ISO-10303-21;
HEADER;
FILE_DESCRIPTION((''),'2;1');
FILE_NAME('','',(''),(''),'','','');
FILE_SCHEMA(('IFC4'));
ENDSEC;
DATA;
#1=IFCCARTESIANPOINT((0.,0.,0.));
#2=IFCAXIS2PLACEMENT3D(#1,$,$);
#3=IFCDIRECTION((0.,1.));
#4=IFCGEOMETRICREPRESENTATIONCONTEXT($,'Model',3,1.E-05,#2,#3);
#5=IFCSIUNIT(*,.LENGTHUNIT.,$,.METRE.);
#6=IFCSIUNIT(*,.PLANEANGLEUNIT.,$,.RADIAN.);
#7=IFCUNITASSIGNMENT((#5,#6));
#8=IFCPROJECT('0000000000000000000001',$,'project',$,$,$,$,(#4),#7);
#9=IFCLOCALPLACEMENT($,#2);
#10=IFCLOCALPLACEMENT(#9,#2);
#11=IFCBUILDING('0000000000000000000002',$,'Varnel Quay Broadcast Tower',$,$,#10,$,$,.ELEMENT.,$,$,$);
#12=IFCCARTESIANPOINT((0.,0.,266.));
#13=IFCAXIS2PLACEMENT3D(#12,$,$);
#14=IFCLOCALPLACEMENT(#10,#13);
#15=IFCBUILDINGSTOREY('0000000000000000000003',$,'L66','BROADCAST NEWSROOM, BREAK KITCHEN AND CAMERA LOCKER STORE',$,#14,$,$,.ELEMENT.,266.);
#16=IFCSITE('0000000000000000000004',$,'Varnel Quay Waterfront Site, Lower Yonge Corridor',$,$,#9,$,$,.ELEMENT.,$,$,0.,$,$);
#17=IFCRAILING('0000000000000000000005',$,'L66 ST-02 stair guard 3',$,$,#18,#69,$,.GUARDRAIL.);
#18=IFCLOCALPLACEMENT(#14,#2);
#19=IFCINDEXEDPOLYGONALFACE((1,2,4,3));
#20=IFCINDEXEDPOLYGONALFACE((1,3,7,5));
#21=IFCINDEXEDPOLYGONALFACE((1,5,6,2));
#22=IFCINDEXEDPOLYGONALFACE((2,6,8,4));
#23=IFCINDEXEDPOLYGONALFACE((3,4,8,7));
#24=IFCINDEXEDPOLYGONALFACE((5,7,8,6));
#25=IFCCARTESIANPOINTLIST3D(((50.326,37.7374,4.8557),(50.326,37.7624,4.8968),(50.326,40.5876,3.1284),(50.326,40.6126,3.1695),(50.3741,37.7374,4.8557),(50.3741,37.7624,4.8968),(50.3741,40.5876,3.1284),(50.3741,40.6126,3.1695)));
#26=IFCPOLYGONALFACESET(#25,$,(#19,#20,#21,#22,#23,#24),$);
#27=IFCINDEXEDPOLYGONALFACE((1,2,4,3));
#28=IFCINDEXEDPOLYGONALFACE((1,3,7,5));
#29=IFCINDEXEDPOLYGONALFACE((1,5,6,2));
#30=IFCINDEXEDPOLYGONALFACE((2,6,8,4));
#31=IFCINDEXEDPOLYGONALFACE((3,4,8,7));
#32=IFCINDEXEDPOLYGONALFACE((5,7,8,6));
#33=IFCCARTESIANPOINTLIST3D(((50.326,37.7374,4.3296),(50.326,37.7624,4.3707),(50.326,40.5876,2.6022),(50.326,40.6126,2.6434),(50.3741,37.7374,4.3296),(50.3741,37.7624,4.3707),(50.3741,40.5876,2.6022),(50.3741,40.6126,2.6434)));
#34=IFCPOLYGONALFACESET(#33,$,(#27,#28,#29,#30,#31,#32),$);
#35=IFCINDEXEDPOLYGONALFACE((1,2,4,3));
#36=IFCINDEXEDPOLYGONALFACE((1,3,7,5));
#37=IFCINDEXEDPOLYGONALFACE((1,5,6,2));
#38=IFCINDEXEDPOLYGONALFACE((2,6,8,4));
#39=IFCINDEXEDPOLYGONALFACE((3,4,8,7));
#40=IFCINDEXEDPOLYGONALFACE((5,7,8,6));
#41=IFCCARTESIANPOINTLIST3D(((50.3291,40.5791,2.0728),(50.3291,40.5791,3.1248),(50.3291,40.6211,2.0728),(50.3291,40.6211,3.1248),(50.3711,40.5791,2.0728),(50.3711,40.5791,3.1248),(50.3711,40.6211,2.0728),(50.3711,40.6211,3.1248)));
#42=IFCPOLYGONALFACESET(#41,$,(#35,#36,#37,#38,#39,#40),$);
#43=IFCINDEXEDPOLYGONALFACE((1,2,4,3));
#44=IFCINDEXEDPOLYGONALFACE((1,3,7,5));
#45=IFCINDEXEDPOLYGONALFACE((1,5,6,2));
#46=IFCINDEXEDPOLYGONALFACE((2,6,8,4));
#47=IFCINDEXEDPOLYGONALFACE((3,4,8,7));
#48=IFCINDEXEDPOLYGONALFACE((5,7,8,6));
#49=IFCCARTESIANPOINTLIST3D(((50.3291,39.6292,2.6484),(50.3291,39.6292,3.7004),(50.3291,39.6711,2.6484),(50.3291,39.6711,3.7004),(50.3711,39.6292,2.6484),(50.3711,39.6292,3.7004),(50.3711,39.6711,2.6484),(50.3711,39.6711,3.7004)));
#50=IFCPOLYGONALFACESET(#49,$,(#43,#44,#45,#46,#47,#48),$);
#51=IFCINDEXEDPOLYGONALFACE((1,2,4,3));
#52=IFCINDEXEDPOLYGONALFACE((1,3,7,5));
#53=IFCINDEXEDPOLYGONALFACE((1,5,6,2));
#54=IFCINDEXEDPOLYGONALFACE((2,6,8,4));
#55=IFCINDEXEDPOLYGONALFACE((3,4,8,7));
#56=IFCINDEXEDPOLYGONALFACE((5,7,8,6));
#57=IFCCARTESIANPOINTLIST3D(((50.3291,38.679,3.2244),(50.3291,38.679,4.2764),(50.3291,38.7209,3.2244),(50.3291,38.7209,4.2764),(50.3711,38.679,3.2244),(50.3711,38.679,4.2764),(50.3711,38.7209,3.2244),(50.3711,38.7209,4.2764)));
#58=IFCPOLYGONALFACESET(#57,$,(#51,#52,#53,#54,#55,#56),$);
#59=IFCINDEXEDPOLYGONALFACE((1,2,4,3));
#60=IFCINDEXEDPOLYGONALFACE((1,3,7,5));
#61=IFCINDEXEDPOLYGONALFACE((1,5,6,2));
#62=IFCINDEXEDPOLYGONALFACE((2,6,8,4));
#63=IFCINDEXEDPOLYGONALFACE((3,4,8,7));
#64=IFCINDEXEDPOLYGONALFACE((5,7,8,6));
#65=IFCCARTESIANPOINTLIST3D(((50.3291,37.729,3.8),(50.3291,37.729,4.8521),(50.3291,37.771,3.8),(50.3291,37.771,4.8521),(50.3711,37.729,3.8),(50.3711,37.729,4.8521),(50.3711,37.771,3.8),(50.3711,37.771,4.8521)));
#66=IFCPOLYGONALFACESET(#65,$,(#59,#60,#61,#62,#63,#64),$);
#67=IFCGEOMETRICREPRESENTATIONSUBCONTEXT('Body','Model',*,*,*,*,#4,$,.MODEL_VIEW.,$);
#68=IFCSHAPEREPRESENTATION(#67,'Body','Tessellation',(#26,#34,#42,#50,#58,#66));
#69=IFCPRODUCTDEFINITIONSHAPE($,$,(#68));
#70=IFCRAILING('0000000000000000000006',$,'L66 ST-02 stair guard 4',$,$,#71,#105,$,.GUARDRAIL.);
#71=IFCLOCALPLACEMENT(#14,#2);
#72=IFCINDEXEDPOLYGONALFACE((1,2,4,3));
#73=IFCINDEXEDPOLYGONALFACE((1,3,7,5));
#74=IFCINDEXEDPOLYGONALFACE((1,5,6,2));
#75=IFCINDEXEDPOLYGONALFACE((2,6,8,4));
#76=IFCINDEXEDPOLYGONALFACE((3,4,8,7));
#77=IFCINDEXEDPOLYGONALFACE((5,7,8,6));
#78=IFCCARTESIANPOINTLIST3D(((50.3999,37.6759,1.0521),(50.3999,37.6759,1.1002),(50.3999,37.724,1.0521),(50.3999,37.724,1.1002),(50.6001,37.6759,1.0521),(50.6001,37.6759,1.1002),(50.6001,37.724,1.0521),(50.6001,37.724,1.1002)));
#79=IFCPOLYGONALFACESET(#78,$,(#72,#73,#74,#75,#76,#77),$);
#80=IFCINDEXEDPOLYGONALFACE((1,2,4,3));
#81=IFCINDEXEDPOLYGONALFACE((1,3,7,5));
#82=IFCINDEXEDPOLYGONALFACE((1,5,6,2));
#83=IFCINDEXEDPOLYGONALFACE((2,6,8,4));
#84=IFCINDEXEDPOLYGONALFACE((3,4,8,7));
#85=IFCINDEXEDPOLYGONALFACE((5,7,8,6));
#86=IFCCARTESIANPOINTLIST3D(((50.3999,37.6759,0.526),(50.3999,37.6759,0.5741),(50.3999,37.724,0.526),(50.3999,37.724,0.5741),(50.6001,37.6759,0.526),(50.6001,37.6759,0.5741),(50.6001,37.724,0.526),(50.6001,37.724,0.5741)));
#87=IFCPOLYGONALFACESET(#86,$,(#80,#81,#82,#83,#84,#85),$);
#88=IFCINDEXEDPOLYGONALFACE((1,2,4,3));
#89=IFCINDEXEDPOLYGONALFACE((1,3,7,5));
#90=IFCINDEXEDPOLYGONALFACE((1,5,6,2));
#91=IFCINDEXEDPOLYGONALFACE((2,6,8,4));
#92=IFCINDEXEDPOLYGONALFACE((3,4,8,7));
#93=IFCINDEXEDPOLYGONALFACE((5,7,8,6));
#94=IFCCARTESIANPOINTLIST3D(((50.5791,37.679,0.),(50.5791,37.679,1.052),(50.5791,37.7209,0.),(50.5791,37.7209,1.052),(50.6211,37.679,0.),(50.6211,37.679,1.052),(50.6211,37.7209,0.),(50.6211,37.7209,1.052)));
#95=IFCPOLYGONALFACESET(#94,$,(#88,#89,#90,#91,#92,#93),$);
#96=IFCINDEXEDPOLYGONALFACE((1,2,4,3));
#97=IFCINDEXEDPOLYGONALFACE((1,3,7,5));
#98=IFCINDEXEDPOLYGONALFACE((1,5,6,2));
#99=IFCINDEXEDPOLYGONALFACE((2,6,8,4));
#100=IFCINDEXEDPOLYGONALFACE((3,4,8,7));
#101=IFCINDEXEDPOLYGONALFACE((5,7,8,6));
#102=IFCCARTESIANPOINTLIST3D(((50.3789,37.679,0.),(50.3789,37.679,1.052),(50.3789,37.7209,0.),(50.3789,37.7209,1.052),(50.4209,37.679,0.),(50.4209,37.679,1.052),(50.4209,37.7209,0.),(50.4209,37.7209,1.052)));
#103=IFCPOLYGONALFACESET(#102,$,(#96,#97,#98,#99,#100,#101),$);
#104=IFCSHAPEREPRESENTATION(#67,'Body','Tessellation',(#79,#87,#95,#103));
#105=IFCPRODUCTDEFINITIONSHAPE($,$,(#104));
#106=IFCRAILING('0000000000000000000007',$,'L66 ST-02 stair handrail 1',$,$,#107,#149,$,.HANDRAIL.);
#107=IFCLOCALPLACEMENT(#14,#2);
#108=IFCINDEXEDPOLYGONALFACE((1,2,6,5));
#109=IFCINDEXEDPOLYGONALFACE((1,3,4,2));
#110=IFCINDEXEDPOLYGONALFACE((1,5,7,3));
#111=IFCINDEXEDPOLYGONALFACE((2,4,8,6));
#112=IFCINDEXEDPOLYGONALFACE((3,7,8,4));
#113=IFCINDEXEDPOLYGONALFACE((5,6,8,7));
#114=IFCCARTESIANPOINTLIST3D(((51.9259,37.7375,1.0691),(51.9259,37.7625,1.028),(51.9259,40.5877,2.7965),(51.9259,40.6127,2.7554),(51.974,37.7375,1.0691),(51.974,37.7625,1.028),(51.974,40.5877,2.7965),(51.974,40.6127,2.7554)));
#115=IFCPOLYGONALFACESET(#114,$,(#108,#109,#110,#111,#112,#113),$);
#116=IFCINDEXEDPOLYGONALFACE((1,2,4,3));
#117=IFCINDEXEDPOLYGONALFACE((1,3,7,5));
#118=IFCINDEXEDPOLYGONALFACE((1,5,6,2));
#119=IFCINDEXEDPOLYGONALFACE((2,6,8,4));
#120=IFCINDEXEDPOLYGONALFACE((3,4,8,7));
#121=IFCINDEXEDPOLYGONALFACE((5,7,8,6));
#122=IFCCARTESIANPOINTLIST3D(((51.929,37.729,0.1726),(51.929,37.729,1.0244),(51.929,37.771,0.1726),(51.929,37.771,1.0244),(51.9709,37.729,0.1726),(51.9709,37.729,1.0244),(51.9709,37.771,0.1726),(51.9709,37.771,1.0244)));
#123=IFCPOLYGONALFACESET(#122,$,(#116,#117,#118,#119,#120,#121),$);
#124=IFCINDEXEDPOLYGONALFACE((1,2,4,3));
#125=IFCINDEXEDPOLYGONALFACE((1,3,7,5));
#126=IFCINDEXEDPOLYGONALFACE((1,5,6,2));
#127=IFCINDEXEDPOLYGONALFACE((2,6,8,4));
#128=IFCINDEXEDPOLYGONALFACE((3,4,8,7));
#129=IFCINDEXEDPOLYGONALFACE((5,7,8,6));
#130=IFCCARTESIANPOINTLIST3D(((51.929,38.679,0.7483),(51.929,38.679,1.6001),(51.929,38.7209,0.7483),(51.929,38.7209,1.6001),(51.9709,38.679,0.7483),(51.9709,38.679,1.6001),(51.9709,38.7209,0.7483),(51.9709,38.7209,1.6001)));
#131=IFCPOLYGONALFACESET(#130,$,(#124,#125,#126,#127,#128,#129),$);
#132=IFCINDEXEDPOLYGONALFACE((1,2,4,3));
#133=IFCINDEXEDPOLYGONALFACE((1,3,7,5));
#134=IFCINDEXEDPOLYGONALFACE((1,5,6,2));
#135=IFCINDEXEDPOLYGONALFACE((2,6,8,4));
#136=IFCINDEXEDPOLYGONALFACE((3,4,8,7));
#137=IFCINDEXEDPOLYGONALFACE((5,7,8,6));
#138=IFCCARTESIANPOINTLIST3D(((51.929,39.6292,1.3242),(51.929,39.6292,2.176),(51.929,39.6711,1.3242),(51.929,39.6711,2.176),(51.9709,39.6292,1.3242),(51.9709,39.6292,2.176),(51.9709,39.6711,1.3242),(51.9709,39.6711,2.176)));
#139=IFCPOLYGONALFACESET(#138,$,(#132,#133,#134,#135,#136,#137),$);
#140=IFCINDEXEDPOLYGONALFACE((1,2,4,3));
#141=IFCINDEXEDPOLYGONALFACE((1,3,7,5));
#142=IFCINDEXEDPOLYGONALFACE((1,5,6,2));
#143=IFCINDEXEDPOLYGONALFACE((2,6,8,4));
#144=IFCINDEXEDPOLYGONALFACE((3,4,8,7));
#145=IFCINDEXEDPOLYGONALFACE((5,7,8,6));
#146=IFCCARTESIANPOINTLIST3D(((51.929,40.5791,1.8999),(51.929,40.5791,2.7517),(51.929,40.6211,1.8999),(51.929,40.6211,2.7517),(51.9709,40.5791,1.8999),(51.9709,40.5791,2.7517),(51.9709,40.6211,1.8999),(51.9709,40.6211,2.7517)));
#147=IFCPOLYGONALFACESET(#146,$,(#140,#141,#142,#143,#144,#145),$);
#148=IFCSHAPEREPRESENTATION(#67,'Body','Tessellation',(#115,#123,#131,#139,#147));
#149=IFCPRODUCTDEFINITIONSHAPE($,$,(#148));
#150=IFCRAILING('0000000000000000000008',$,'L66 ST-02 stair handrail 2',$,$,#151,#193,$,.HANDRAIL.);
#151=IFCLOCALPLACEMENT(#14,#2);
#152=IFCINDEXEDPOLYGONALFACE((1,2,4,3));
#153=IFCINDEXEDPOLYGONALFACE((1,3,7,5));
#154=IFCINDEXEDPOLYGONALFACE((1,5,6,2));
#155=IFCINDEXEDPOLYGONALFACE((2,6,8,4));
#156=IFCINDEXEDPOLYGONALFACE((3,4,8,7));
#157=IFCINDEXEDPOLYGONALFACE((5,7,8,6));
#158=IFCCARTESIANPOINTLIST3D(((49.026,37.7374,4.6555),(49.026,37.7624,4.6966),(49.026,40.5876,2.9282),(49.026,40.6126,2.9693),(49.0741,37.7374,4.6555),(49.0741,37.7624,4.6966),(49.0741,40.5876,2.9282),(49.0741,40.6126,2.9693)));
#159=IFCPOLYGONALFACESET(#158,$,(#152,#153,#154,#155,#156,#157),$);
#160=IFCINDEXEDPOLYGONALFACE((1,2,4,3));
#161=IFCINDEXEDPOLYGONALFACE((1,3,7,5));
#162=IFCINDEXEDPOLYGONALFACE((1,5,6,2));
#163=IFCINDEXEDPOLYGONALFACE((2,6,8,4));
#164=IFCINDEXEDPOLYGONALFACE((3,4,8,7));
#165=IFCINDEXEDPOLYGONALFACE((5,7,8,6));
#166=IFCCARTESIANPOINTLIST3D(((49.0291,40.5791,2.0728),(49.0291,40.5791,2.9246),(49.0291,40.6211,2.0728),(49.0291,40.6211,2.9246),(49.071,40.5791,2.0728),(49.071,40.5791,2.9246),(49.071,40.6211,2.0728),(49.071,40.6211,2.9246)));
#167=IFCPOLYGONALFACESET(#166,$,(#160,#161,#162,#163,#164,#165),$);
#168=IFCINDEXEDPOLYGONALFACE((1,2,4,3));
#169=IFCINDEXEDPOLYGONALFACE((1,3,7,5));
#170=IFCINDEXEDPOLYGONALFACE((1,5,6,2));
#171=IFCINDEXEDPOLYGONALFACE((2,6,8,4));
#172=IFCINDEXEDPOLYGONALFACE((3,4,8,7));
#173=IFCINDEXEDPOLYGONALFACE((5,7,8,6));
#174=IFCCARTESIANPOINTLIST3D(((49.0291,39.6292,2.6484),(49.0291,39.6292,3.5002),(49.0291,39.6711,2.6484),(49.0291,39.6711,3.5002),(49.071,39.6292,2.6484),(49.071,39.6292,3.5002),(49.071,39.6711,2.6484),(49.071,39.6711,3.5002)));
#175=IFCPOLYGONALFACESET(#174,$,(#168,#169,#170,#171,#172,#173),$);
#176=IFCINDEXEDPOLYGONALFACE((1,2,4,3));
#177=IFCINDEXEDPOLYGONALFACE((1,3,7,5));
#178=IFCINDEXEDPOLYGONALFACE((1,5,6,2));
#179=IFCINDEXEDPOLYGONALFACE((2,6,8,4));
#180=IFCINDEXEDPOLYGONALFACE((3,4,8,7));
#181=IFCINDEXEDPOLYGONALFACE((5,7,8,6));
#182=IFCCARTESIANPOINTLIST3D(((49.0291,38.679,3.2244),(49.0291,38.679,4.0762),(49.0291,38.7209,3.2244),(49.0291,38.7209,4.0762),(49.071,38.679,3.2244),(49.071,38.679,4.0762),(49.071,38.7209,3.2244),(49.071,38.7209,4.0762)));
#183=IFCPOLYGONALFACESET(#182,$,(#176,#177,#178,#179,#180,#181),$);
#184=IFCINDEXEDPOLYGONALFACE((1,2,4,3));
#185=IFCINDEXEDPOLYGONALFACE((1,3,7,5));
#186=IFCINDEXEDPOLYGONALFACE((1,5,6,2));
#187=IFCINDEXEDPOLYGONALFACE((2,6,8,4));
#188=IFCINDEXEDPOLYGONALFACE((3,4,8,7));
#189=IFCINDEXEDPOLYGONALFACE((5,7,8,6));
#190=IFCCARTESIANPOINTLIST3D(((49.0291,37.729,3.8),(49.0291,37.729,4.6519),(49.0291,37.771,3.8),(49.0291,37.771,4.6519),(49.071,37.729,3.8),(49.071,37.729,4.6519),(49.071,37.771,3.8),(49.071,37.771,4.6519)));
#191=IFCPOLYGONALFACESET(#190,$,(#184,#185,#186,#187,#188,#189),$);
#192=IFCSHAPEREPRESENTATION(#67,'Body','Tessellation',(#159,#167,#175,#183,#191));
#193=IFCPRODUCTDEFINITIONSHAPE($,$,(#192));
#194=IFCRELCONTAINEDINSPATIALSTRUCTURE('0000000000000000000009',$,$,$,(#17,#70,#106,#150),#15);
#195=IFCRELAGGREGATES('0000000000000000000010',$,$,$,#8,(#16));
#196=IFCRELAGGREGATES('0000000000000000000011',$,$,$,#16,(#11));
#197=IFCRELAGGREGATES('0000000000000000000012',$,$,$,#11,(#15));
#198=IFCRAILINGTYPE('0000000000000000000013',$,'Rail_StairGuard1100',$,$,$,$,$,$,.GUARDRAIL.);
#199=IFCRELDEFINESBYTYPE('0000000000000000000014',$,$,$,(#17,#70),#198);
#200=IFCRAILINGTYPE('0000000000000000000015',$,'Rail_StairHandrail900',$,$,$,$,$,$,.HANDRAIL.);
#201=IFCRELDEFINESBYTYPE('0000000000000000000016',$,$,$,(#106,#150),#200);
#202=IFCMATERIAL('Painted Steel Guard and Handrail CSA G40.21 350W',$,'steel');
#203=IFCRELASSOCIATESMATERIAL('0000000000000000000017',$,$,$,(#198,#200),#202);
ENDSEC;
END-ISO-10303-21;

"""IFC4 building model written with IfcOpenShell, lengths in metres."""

from ifc_helpers import new_model, si_unit, direction, frame, origin, origin_2d, place, context, subcontext, project, spatial, rectangle, extrude, material, type_object, element, save


model = new_model("IFC4")

# Units and contexts
model_context = context("Model", 3, precision=1e-05, world=origin(), true_north=direction((0.0, 1.0)))
body_context = subcontext(model_context, "Body", "Model", "MODEL_VIEW")
ifc_project = project(units=[si_unit("LENGTHUNIT", "METRE"), si_unit("PLANEANGLEUNIT", "RADIAN")], contexts=[model_context])

# Site, building, storey
site_placement = place(None, origin())
site = spatial("IfcSite", under=ifc_project, at=site_placement, Name="Varnel Quay Waterfront Site, Lower Yonge Corridor", CompositionType="ELEMENT", RefElevation=0.0)
building_placement = place(site_placement, origin())
building = spatial("IfcBuilding", under=site, at=building_placement, Name="Varnel Quay Broadcast Tower", CompositionType="ELEMENT")
storey_placement = place(building_placement, frame((0.0, 0.0, 266.0)))
storey = spatial("IfcBuildingStorey", under=building, at=storey_placement, Name="L66", Description="BROADCAST NEWSROOM, BREAK KITCHEN AND CAMERA LOCKER STORE", CompositionType="ELEMENT", Elevation=266.0)

# Railings
ifc_material_1 = material(Name="Painted Steel Guard and Handrail CSA G40.21 350W", Category="steel")
railing_type_1 = type_object("IfcRailingType", Name="Rail_StairGuard1100", PredefinedType="GUARDRAIL", material=ifc_material_1)
railing_1_placement = place(storey_placement, frame((50.3501, 40.6001, 2.0728)))
element("IfcRailing", 1, at=railing_1_placement, inside=storey, type_object=railing_type_1, Name="L66 ST-02 stair guard 3", PredefinedType="GUARDRAIL", context=body_context, shape_type="SweptSolid", body=[
    extrude(rectangle(XDim=0.0481, YDim=0.0481, at=origin_2d()), frame((0.0, 0.0, 1.0762), z_axis=(0.0, -0.855203, 0.518294), x_axis=(1.0, 0.0, 0.0)), (0.0, 0.0, 1.0), 3.3328),
    extrude(rectangle(XDim=0.0481, YDim=0.0481, at=origin_2d()), frame((0.0, 0.0, 0.55), z_axis=(0.0, -0.855203, 0.518294), x_axis=(1.0, 0.0, 0.0)), (0.0, 0.0, 1.0), 3.3328),
    extrude(rectangle(XDim=0.042, YDim=0.042, at=origin_2d()), origin(), (0.0, 0.0, 1.0), 1.052),
    extrude(rectangle(XDim=0.042, YDim=0.042, at=origin_2d()), frame((0.0, -0.95, 0.5757)), (0.0, 0.0, 1.0), 1.052),
    extrude(rectangle(XDim=0.042, YDim=0.042, at=origin_2d()), frame((0.0, -1.9001, 1.1516)), (0.0, 0.0, 1.0), 1.052),
    extrude(rectangle(XDim=0.042, YDim=0.042, at=origin_2d()), frame((0.0, -2.8501, 1.7273)), (0.0, 0.0, 1.0), 1.052),
])
railing_2_placement = place(storey_placement, frame((50.6001, 37.7, 0.0)))
element("IfcRailing", 2, at=railing_2_placement, inside=storey, type_object=railing_type_1, Name="L66 ST-02 stair guard 4", PredefinedType="GUARDRAIL", context=body_context, shape_type="SweptSolid", body=[
    extrude(rectangle(XDim=0.0481, YDim=0.0481, at=origin_2d()), frame((0.0, 0.0, 1.0762), z_axis=(-1.0, 0.0, 0.0), x_axis=(0.0, -1.0, 0.0)), (0.0, 0.0, 1.0), 0.2002),
    extrude(rectangle(XDim=0.0481, YDim=0.0481, at=origin_2d()), frame((0.0, 0.0, 0.55), z_axis=(-1.0, 0.0, 0.0), x_axis=(0.0, -1.0, 0.0)), (0.0, 0.0, 1.0), 0.2002),
    extrude(rectangle(XDim=0.042, YDim=0.042, at=origin_2d()), origin(), (0.0, 0.0, 1.0), 1.052),
    extrude(rectangle(XDim=0.042, YDim=0.042, at=origin_2d()), frame((-0.2002, 0.0, 0.0)), (0.0, 0.0, 1.0), 1.052),
])
railing_type_2 = type_object("IfcRailingType", Name="Rail_StairHandrail900", PredefinedType="HANDRAIL", material=ifc_material_1)
railing_3_placement = place(storey_placement, frame((51.95, 37.75, 0.1726)))
element("IfcRailing", 3, at=railing_3_placement, inside=storey, type_object=railing_type_2, Name="L66 ST-02 stair handrail 1", PredefinedType="HANDRAIL", context=body_context, shape_type="SweptSolid", body=[
    extrude(rectangle(XDim=0.0481, YDim=0.0481, at=origin_2d()), frame((0.0, 0.0, 0.876), z_axis=(0.0, 0.855203, 0.518294), x_axis=(-1.0, 0.0, 0.0)), (0.0, 0.0, 1.0), 3.3328),
    extrude(rectangle(XDim=0.042, YDim=0.042, at=origin_2d()), origin(), (0.0, 0.0, 1.0), 0.8518),
    extrude(rectangle(XDim=0.042, YDim=0.042, at=origin_2d()), frame((0.0, 0.95, 0.5757)), (0.0, 0.0, 1.0), 0.8518),
    extrude(rectangle(XDim=0.042, YDim=0.042, at=origin_2d()), frame((0.0, 1.9001, 1.1516)), (0.0, 0.0, 1.0), 0.8518),
    extrude(rectangle(XDim=0.042, YDim=0.042, at=origin_2d()), frame((0.0, 2.8501, 1.7273)), (0.0, 0.0, 1.0), 0.8518),
])
railing_4_placement = place(storey_placement, frame((49.05, 40.6001, 2.0728)))
element("IfcRailing", 4, at=railing_4_placement, inside=storey, type_object=railing_type_2, Name="L66 ST-02 stair handrail 2", PredefinedType="HANDRAIL", context=body_context, shape_type="SweptSolid", body=[
    extrude(rectangle(XDim=0.0481, YDim=0.0481, at=origin_2d()), frame((0.0, 0.0, 0.876), z_axis=(0.0, -0.855203, 0.518294), x_axis=(1.0, 0.0, 0.0)), (0.0, 0.0, 1.0), 3.3328),
    extrude(rectangle(XDim=0.042, YDim=0.042, at=origin_2d()), origin(), (0.0, 0.0, 1.0), 0.8518),
    extrude(rectangle(XDim=0.042, YDim=0.042, at=origin_2d()), frame((0.0, -0.95, 0.5757)), (0.0, 0.0, 1.0), 0.8518),
    extrude(rectangle(XDim=0.042, YDim=0.042, at=origin_2d()), frame((0.0, -1.9001, 1.1516)), (0.0, 0.0, 1.0), 0.8518),
    extrude(rectangle(XDim=0.042, YDim=0.042, at=origin_2d()), frame((0.0, -2.8501, 1.7273)), (0.0, 0.0, 1.0), 0.8518),
])

save(model, "model.ifc")
